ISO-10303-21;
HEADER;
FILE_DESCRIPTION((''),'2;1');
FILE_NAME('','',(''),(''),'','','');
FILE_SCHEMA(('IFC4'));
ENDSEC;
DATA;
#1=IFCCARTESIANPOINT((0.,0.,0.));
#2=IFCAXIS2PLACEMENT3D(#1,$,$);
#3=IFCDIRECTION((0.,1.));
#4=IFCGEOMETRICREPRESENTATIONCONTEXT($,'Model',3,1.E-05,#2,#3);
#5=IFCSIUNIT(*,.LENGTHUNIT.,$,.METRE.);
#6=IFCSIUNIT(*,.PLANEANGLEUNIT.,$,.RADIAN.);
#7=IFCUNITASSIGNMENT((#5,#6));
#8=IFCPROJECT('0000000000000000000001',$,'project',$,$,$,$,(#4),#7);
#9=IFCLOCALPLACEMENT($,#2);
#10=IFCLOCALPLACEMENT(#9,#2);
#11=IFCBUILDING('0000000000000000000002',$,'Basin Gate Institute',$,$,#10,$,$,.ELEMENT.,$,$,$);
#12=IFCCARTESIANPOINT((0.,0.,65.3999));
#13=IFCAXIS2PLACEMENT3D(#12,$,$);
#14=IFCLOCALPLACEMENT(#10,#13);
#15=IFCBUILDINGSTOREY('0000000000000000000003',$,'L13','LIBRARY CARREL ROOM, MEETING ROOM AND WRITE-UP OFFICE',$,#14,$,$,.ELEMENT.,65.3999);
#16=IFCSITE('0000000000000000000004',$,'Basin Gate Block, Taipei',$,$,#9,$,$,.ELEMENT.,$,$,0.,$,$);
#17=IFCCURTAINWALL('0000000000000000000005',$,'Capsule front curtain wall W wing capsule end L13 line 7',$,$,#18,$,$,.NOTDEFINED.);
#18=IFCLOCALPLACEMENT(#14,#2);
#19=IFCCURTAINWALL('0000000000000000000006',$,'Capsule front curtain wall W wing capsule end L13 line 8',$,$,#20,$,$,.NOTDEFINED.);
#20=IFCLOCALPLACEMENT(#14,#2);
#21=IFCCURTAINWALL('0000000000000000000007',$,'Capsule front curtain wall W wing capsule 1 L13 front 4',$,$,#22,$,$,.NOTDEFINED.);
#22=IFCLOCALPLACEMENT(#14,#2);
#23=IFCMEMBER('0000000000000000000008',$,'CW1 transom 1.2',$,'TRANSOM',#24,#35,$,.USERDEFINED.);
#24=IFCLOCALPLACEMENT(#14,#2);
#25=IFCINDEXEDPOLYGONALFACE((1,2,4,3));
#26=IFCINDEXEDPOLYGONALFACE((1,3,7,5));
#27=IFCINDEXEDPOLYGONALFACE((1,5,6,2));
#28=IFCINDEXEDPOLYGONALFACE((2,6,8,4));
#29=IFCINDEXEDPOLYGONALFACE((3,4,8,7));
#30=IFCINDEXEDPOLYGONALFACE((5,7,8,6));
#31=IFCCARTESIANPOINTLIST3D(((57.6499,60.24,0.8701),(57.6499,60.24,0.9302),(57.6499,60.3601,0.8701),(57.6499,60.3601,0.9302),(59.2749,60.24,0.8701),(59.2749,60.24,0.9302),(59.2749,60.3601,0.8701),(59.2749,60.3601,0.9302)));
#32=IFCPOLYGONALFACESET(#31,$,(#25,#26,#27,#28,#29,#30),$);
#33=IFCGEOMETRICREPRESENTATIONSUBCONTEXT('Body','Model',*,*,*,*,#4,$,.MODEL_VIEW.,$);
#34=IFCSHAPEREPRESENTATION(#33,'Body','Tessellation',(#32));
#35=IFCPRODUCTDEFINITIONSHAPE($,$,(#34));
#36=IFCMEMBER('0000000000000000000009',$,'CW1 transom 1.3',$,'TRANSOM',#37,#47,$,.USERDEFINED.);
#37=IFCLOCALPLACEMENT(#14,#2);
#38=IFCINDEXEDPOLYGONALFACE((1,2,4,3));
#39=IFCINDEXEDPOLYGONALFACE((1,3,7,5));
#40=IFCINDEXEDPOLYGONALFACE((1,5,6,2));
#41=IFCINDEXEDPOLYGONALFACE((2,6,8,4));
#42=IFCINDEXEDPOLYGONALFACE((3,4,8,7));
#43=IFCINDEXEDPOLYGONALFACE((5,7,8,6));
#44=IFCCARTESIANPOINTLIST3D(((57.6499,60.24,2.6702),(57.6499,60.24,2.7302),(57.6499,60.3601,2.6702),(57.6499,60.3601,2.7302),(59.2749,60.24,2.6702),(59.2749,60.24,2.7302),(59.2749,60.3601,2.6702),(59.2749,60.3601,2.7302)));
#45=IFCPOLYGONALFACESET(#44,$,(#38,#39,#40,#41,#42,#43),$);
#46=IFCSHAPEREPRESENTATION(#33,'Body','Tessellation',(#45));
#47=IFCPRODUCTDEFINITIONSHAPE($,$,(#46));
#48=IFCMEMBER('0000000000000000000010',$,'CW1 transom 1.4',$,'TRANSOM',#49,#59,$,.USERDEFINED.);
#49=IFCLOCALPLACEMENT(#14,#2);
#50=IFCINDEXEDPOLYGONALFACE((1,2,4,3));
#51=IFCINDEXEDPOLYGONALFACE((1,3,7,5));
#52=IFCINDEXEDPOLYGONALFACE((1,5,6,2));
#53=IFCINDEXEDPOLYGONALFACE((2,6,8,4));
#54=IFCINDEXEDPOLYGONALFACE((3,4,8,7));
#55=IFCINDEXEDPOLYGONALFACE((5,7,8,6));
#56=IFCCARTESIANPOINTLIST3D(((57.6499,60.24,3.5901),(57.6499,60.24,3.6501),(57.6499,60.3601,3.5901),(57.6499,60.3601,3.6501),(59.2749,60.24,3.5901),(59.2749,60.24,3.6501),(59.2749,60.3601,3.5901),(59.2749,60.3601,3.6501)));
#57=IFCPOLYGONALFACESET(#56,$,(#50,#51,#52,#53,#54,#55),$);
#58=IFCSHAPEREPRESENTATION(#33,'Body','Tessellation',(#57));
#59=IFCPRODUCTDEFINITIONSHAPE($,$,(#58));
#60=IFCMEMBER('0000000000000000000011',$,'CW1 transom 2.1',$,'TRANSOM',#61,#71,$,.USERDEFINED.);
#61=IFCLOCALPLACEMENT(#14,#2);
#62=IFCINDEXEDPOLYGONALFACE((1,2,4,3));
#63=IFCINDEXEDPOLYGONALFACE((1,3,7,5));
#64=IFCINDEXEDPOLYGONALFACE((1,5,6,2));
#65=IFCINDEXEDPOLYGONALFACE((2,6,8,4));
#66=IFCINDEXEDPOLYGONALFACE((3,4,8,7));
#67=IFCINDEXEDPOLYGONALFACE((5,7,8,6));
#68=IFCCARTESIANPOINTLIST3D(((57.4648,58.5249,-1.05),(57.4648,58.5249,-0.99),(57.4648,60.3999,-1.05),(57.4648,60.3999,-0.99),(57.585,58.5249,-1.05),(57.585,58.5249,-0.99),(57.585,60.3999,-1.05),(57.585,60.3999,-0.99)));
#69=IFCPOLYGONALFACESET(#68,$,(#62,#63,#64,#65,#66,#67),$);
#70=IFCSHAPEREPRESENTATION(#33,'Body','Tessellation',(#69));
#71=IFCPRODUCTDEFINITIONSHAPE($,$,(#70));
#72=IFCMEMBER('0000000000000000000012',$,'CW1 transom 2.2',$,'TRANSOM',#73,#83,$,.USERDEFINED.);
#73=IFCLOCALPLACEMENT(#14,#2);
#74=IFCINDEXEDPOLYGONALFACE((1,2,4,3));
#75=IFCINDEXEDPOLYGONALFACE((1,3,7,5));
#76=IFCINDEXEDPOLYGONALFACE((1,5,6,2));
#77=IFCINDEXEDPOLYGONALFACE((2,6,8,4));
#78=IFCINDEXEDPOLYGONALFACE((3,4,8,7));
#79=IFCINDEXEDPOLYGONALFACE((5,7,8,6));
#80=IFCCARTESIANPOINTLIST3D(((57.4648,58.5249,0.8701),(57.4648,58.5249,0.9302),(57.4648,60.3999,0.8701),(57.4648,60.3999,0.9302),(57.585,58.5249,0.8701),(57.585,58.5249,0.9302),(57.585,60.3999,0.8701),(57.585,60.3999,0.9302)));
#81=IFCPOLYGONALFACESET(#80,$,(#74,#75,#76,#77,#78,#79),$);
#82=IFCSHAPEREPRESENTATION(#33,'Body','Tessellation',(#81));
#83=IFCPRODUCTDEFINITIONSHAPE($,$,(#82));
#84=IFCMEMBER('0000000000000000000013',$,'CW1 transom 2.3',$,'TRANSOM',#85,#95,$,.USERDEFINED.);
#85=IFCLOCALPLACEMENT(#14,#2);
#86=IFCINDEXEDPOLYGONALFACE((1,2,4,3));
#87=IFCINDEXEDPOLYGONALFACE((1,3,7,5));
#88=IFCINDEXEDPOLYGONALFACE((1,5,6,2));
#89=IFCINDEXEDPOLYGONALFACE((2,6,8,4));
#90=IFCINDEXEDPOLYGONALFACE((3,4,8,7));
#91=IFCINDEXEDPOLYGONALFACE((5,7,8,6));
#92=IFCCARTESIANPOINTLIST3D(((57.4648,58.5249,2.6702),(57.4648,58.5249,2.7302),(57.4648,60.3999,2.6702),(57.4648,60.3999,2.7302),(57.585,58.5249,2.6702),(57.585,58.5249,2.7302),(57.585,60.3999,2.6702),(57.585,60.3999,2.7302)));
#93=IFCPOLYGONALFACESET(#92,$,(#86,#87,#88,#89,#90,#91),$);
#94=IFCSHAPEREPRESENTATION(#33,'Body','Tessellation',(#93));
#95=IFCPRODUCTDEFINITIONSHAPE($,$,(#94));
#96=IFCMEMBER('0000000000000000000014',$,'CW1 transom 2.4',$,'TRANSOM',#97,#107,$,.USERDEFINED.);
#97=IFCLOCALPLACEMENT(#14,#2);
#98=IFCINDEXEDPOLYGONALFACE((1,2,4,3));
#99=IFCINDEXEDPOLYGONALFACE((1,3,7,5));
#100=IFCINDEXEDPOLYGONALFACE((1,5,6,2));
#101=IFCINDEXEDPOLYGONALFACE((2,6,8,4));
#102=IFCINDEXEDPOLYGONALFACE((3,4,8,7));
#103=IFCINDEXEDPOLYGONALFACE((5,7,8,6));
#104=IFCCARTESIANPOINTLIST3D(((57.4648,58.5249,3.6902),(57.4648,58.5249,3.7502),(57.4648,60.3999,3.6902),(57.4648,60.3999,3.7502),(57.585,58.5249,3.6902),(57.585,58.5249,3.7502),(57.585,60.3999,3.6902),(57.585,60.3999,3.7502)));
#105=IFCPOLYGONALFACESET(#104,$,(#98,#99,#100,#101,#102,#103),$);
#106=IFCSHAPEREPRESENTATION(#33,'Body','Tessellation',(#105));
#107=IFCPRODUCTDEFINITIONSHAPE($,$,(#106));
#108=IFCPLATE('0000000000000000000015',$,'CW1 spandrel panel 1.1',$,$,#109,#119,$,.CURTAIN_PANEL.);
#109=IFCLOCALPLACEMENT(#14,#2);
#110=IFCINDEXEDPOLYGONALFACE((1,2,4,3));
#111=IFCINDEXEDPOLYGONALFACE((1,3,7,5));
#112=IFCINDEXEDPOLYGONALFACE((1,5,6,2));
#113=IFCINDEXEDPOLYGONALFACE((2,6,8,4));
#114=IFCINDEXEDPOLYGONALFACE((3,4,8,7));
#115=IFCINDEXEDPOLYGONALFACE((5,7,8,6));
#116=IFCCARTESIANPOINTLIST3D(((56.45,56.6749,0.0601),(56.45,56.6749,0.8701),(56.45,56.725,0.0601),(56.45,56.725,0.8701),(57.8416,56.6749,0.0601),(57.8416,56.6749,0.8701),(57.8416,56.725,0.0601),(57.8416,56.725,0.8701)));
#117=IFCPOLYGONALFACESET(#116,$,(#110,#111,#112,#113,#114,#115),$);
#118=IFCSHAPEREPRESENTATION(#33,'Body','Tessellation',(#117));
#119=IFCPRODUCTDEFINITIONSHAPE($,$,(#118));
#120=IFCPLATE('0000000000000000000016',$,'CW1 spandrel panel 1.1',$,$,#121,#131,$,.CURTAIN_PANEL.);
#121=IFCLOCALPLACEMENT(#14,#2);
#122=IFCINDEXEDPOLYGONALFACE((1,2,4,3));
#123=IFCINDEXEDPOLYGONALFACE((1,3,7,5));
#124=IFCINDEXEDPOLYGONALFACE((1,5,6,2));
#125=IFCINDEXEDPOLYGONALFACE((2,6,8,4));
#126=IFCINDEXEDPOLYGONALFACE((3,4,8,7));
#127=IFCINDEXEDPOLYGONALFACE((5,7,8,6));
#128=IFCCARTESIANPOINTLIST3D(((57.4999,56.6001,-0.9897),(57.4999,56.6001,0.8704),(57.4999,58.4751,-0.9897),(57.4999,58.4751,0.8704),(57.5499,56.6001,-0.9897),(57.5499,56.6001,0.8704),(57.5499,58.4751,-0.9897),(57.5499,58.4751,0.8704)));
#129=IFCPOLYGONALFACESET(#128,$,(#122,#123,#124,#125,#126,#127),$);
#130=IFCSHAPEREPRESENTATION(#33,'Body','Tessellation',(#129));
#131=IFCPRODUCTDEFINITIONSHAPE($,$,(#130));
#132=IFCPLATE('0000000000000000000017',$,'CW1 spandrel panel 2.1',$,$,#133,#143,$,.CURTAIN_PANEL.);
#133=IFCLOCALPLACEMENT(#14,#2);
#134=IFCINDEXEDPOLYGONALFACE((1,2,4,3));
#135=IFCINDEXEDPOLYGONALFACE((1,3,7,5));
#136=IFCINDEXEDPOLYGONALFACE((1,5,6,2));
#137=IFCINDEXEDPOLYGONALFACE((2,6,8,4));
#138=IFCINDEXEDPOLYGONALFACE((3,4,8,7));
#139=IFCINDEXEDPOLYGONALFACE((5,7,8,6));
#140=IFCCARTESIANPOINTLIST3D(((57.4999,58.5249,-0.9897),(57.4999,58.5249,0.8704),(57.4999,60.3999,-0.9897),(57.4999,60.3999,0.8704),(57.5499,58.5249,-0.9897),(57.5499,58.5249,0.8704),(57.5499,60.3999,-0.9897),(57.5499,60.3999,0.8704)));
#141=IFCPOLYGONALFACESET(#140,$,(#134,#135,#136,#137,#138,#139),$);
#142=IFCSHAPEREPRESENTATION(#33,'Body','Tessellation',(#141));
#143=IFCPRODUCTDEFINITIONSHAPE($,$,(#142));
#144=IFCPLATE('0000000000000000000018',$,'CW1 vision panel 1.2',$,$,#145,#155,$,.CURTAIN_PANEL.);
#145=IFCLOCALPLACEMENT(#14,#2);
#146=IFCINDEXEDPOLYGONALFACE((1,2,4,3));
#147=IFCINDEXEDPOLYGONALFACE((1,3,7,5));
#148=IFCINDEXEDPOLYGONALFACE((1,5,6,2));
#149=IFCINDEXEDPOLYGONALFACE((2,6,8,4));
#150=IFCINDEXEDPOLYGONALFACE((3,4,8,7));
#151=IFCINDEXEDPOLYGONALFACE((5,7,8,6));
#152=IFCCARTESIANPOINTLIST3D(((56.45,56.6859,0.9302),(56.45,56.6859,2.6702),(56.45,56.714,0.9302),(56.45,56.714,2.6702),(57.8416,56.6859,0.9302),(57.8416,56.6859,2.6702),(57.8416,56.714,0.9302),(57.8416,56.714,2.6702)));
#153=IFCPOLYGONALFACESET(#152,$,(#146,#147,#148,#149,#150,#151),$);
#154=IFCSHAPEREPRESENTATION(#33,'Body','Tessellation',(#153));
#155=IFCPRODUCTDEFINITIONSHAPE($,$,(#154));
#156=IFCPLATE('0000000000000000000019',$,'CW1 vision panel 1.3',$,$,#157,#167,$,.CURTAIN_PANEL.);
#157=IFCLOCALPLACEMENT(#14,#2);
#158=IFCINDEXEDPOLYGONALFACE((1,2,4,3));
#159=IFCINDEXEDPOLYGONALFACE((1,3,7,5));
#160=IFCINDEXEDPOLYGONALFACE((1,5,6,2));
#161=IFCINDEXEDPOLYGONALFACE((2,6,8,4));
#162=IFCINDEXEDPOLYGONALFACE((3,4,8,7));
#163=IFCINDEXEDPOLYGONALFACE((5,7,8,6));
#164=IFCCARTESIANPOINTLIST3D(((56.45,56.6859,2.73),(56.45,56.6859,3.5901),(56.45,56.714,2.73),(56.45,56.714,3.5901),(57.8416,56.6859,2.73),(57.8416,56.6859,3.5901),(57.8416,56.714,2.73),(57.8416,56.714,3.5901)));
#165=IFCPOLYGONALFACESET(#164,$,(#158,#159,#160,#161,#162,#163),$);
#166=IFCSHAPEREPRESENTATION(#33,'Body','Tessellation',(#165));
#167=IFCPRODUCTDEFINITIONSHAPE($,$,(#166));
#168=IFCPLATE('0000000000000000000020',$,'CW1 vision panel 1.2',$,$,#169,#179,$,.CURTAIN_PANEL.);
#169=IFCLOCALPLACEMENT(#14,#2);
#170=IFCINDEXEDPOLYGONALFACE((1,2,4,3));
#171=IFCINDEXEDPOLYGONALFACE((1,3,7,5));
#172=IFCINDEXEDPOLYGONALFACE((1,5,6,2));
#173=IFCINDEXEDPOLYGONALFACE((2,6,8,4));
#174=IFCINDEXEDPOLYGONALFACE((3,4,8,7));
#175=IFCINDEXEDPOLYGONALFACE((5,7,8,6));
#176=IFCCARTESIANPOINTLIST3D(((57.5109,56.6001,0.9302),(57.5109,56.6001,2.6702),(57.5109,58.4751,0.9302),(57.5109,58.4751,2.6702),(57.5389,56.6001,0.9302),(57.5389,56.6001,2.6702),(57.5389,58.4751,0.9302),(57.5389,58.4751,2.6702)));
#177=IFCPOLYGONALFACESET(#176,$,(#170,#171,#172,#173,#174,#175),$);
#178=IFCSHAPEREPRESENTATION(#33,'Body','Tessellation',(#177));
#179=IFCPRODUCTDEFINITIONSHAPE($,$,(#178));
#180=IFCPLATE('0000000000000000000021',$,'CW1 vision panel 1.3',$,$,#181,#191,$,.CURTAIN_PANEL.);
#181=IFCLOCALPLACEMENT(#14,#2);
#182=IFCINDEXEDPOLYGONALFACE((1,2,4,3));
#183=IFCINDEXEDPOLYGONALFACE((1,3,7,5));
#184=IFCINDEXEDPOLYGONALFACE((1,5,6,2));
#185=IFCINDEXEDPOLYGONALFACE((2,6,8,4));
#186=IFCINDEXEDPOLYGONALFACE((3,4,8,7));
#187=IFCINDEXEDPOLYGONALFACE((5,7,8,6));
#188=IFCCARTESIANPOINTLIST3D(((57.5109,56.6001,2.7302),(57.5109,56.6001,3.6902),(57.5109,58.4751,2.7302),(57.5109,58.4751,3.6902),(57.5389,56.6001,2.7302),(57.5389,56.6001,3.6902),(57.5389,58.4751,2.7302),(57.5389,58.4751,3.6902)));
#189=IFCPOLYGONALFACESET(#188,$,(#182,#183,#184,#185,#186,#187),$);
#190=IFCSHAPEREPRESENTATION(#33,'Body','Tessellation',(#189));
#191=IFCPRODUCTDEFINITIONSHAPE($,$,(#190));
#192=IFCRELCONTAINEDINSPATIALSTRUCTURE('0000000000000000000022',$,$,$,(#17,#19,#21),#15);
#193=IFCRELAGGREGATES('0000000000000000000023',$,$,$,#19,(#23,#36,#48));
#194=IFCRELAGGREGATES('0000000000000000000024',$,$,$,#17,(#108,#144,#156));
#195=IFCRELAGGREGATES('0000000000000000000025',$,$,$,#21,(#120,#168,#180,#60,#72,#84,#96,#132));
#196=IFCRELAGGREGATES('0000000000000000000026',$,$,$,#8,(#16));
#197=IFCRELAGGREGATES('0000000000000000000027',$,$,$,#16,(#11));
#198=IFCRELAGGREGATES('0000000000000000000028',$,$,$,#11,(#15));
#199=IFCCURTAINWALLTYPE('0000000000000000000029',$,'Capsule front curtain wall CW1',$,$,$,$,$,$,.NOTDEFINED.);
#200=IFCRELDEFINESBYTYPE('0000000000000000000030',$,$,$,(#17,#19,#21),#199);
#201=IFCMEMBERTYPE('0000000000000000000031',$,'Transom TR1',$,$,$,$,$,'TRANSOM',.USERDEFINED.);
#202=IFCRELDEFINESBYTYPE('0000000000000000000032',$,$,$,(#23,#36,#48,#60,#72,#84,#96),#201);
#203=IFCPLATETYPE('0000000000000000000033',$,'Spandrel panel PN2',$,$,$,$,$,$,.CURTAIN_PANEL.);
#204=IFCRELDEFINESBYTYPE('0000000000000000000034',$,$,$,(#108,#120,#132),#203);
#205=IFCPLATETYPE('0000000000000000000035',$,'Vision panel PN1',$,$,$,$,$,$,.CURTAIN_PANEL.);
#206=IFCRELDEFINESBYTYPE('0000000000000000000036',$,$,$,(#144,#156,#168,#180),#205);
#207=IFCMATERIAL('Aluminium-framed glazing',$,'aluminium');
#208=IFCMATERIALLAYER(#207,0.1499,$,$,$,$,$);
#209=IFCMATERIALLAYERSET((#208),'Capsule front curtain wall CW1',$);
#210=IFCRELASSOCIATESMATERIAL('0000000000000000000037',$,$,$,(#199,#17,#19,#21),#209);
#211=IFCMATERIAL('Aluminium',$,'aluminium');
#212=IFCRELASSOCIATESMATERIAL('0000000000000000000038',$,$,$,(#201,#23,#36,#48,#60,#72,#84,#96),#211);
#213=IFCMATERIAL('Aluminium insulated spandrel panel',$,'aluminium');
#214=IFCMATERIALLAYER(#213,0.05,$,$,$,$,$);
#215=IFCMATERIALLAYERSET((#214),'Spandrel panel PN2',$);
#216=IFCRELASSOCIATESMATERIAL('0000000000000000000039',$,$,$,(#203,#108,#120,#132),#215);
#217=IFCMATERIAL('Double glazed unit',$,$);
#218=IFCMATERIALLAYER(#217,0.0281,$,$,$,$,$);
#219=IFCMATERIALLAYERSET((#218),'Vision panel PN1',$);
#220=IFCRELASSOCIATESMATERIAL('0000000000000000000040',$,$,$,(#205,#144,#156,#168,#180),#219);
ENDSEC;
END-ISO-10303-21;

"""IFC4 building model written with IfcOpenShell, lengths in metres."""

from ifc_helpers import new_model, si_unit, direction, frame, origin, origin_2d, place, context, subcontext, project, spatial, rectangle, extrude, material, layer, layer_set, material_profile, profile_set, type_object, element, aggregate, save


model = new_model("IFC4")

# Units and contexts
model_context = context("Model", 3, precision=1e-05, world=origin(), true_north=direction((0.0, 1.0)))
body_context = subcontext(model_context, "Body", "Model", "MODEL_VIEW")
ifc_project = project(units=[si_unit("LENGTHUNIT", "METRE"), si_unit("PLANEANGLEUNIT", "RADIAN")], contexts=[model_context])

# Site, building, storey
site_placement = place(None, origin())
site = spatial("IfcSite", under=ifc_project, at=site_placement, Name="Basin Gate Block, Taipei", CompositionType="ELEMENT", RefElevation=0.0)
building_placement = place(site_placement, origin())
building = spatial("IfcBuilding", under=site, at=building_placement, Name="Basin Gate Institute", CompositionType="ELEMENT")
storey_placement = place(building_placement, frame((0.0, 0.0, 65.3999)))
storey = spatial("IfcBuildingStorey", under=building, at=storey_placement, Name="L13", Description="LIBRARY CARREL ROOM, MEETING ROOM AND WRITE-UP OFFICE", CompositionType="ELEMENT", Elevation=65.3999)

# Curtain walls
ifc_material_1 = material(Name="Aluminium-framed glazing", Category="aluminium")
ifc_layer_1 = layer(ifc_material_1, 0.1499)
ifc_layer_set_1 = layer_set([ifc_layer_1], Name="Capsule front curtain wall CW1")
curtain_wall_type = type_object("IfcCurtainWallType", Name="Capsule front curtain wall CW1", PredefinedType="NOTDEFINED", material=ifc_layer_set_1)
curtain_wall_1_placement = place(storey_placement, origin())
curtain_wall_1 = element("IfcCurtainWall", 1, at=curtain_wall_1_placement, inside=storey, type_object=curtain_wall_type, material=ifc_layer_set_1, Name="Capsule front curtain wall W wing capsule end L13 line 7", PredefinedType="NOTDEFINED")
curtain_wall_2_placement = place(storey_placement, origin())
curtain_wall_2 = element("IfcCurtainWall", 2, at=curtain_wall_2_placement, inside=storey, type_object=curtain_wall_type, material=ifc_layer_set_1, Name="Capsule front curtain wall W wing capsule end L13 line 8", PredefinedType="NOTDEFINED")
curtain_wall_3_placement = place(storey_placement, origin())
curtain_wall_3 = element("IfcCurtainWall", 3, at=curtain_wall_3_placement, inside=storey, type_object=curtain_wall_type, material=ifc_layer_set_1, Name="Capsule front curtain wall W wing capsule 1 L13 front 4", PredefinedType="NOTDEFINED")

# Members
ifc_material_2 = material(Name="Aluminium", Category="aluminium")
ifc_material_profile_1 = material_profile(ifc_material_2, rectangle(XDim=0.1201, YDim=0.0601, at=origin_2d()), Name="Transom TR1 120 x 60")
ifc_profile_set_1 = profile_set([ifc_material_profile_1], Name="Aluminium")
member_type_1 = type_object("IfcMemberType", Name="Transom TR1", ElementType="TRANSOM", PredefinedType="USERDEFINED", material=ifc_profile_set_1)
member_1_placement = place(storey_placement, frame((57.6499, 60.3, 0.9001), z_axis=(1.0, 0.0, 0.0), x_axis=(0.0, 1.0, 0.0)))
member_1 = element("IfcMember", 4, at=member_1_placement, type_object=member_type_1, material=ifc_profile_set_1, Name="CW1 transom 1.2", ObjectType="TRANSOM", PredefinedType="USERDEFINED", context=body_context, shape_type="SweptSolid", body=[
    extrude(rectangle(XDim=0.1201, YDim=0.0601, at=origin_2d()), origin(), (0.0, 0.0, 1.0), 1.625),
])
member_2_placement = place(storey_placement, frame((57.6499, 60.3, 2.7002), z_axis=(1.0, 0.0, 0.0), x_axis=(0.0, 1.0, 0.0)))
member_2 = element("IfcMember", 5, at=member_2_placement, type_object=member_type_1, material=ifc_profile_set_1, Name="CW1 transom 1.3", ObjectType="TRANSOM", PredefinedType="USERDEFINED", context=body_context, shape_type="SweptSolid", body=[
    extrude(rectangle(XDim=0.1201, YDim=0.0601, at=origin_2d()), origin(), (0.0, 0.0, 1.0), 1.625),
])
member_3_placement = place(storey_placement, frame((57.6499, 60.3, 3.6201), z_axis=(1.0, 0.0, 0.0), x_axis=(0.0, 1.0, 0.0)))
member_3 = element("IfcMember", 6, at=member_3_placement, type_object=member_type_1, material=ifc_profile_set_1, Name="CW1 transom 1.4", ObjectType="TRANSOM", PredefinedType="USERDEFINED", context=body_context, shape_type="SweptSolid", body=[
    extrude(rectangle(XDim=0.1201, YDim=0.0601, at=origin_2d()), origin(), (0.0, 0.0, 1.0), 1.625),
])
aggregate(curtain_wall_2, [member_1, member_2, member_3])
member_4_placement = place(storey_placement, frame((57.5249, 58.5249, -1.02), z_axis=(0.0, 1.0, 0.0), x_axis=(-1.0, 0.0, 0.0)))
member_4 = element("IfcMember", 7, at=member_4_placement, type_object=member_type_1, material=ifc_profile_set_1, Name="CW1 transom 2.1", ObjectType="TRANSOM", PredefinedType="USERDEFINED", context=body_context, shape_type="SweptSolid", body=[
    extrude(rectangle(XDim=0.1201, YDim=0.0601, at=origin_2d()), origin(), (0.0, 0.0, 1.0), 1.875),
])
member_5_placement = place(storey_placement, frame((57.5249, 58.5249, 0.9001), z_axis=(0.0, 1.0, 0.0), x_axis=(-1.0, 0.0, 0.0)))
member_5 = element("IfcMember", 8, at=member_5_placement, type_object=member_type_1, material=ifc_profile_set_1, Name="CW1 transom 2.2", ObjectType="TRANSOM", PredefinedType="USERDEFINED", context=body_context, shape_type="SweptSolid", body=[
    extrude(rectangle(XDim=0.1201, YDim=0.0601, at=origin_2d()), origin(), (0.0, 0.0, 1.0), 1.875),
])
member_6_placement = place(storey_placement, frame((57.5249, 58.5249, 2.7002), z_axis=(0.0, 1.0, 0.0), x_axis=(-1.0, 0.0, 0.0)))
member_6 = element("IfcMember", 9, at=member_6_placement, type_object=member_type_1, material=ifc_profile_set_1, Name="CW1 transom 2.3", ObjectType="TRANSOM", PredefinedType="USERDEFINED", context=body_context, shape_type="SweptSolid", body=[
    extrude(rectangle(XDim=0.1201, YDim=0.0601, at=origin_2d()), origin(), (0.0, 0.0, 1.0), 1.875),
])
member_7_placement = place(storey_placement, frame((57.5249, 58.5249, 3.7202), z_axis=(0.0, 1.0, 0.0), x_axis=(-1.0, 0.0, 0.0)))
member_7 = element("IfcMember", 10, at=member_7_placement, type_object=member_type_1, material=ifc_profile_set_1, Name="CW1 transom 2.4", ObjectType="TRANSOM", PredefinedType="USERDEFINED", context=body_context, shape_type="SweptSolid", body=[
    extrude(rectangle(XDim=0.1201, YDim=0.0601, at=origin_2d()), origin(), (0.0, 0.0, 1.0), 1.875),
])

# Plates
ifc_material_3 = material(Name="Aluminium insulated spandrel panel", Category="aluminium")
ifc_layer_2 = layer(ifc_material_3, 0.05)
ifc_layer_set_2 = layer_set([ifc_layer_2], Name="Spandrel panel PN2")
plate_type_1 = type_object("IfcPlateType", Name="Spandrel panel PN2", PredefinedType="CURTAIN_PANEL", material=ifc_layer_set_2)
plate_1_placement = place(storey_placement, frame((57.1458, 56.7, 0.0601), z_axis=(0.0, 0.0, 1.0), x_axis=(1.0, 0.0, 0.0)))
plate_1 = element("IfcPlate", 11, at=plate_1_placement, type_object=plate_type_1, material=ifc_layer_set_2, Name="CW1 spandrel panel 1.1", PredefinedType="CURTAIN_PANEL", context=body_context, shape_type="SweptSolid", body=[
    extrude(rectangle(XDim=1.3916, YDim=0.05, at=origin_2d()), origin(), (0.0, 0.0, 1.0), 0.8101),
])
plate_2_placement = place(storey_placement, frame((57.5249, 57.5376, -0.9897), z_axis=(0.0, 0.0, 1.0), x_axis=(0.0, 1.0, 0.0)))
plate_2 = element("IfcPlate", 12, at=plate_2_placement, type_object=plate_type_1, material=ifc_layer_set_2, Name="CW1 spandrel panel 1.1", PredefinedType="CURTAIN_PANEL", context=body_context, shape_type="SweptSolid", body=[
    extrude(rectangle(XDim=1.875, YDim=0.05, at=origin_2d()), origin(), (0.0, 0.0, 1.0), 1.8601),
])
plate_3_placement = place(storey_placement, frame((57.5249, 59.4624, -0.9897), z_axis=(0.0, 0.0, 1.0), x_axis=(0.0, 1.0, 0.0)))
plate_3 = element("IfcPlate", 13, at=plate_3_placement, type_object=plate_type_1, material=ifc_layer_set_2, Name="CW1 spandrel panel 2.1", PredefinedType="CURTAIN_PANEL", context=body_context, shape_type="SweptSolid", body=[
    extrude(rectangle(XDim=1.875, YDim=0.05, at=origin_2d()), origin(), (0.0, 0.0, 1.0), 1.8601),
])
ifc_material_4 = material(Name="Double glazed unit")
ifc_layer_3 = layer(ifc_material_4, 0.0281)
ifc_layer_set_3 = layer_set([ifc_layer_3], Name="Vision panel PN1")
plate_type_2 = type_object("IfcPlateType", Name="Vision panel PN1", PredefinedType="CURTAIN_PANEL", material=ifc_layer_set_3)
plate_4_placement = place(storey_placement, frame((57.1458, 56.7, 0.9302), z_axis=(0.0, 0.0, 1.0), x_axis=(1.0, 0.0, 0.0)))
plate_4 = element("IfcPlate", 14, at=plate_4_placement, type_object=plate_type_2, material=ifc_layer_set_3, Name="CW1 vision panel 1.2", PredefinedType="CURTAIN_PANEL", context=body_context, shape_type="SweptSolid", body=[
    extrude(rectangle(XDim=1.3916, YDim=0.0281, at=origin_2d()), origin(), (0.0, 0.0, 1.0), 1.74),
])
plate_5_placement = place(storey_placement, frame((57.1458, 56.7, 2.73), z_axis=(0.0, 0.0, 1.0), x_axis=(1.0, 0.0, 0.0)))
plate_5 = element("IfcPlate", 15, at=plate_5_placement, type_object=plate_type_2, material=ifc_layer_set_3, Name="CW1 vision panel 1.3", PredefinedType="CURTAIN_PANEL", context=body_context, shape_type="SweptSolid", body=[
    extrude(rectangle(XDim=1.3916, YDim=0.0281, at=origin_2d()), origin(), (0.0, 0.0, 1.0), 0.8601),
])
aggregate(curtain_wall_1, [plate_1, plate_4, plate_5])
plate_6_placement = place(storey_placement, frame((57.5249, 57.5376, 0.9302), z_axis=(0.0, 0.0, 1.0), x_axis=(0.0, 1.0, 0.0)))
plate_6 = element("IfcPlate", 16, at=plate_6_placement, type_object=plate_type_2, material=ifc_layer_set_3, Name="CW1 vision panel 1.2", PredefinedType="CURTAIN_PANEL", context=body_context, shape_type="SweptSolid", body=[
    extrude(rectangle(XDim=1.875, YDim=0.0281, at=origin_2d()), origin(), (0.0, 0.0, 1.0), 1.74),
])
plate_7_placement = place(storey_placement, frame((57.5249, 57.5376, 2.7302), z_axis=(0.0, 0.0, 1.0), x_axis=(0.0, 1.0, 0.0)))
plate_7 = element("IfcPlate", 17, at=plate_7_placement, type_object=plate_type_2, material=ifc_layer_set_3, Name="CW1 vision panel 1.3", PredefinedType="CURTAIN_PANEL", context=body_context, shape_type="SweptSolid", body=[
    extrude(rectangle(XDim=1.875, YDim=0.0281, at=origin_2d()), origin(), (0.0, 0.0, 1.0), 0.96),
])
aggregate(curtain_wall_3, [plate_2, plate_6, plate_7, member_4, member_5, member_6, member_7, plate_3])

save(model, "model.ifc")
